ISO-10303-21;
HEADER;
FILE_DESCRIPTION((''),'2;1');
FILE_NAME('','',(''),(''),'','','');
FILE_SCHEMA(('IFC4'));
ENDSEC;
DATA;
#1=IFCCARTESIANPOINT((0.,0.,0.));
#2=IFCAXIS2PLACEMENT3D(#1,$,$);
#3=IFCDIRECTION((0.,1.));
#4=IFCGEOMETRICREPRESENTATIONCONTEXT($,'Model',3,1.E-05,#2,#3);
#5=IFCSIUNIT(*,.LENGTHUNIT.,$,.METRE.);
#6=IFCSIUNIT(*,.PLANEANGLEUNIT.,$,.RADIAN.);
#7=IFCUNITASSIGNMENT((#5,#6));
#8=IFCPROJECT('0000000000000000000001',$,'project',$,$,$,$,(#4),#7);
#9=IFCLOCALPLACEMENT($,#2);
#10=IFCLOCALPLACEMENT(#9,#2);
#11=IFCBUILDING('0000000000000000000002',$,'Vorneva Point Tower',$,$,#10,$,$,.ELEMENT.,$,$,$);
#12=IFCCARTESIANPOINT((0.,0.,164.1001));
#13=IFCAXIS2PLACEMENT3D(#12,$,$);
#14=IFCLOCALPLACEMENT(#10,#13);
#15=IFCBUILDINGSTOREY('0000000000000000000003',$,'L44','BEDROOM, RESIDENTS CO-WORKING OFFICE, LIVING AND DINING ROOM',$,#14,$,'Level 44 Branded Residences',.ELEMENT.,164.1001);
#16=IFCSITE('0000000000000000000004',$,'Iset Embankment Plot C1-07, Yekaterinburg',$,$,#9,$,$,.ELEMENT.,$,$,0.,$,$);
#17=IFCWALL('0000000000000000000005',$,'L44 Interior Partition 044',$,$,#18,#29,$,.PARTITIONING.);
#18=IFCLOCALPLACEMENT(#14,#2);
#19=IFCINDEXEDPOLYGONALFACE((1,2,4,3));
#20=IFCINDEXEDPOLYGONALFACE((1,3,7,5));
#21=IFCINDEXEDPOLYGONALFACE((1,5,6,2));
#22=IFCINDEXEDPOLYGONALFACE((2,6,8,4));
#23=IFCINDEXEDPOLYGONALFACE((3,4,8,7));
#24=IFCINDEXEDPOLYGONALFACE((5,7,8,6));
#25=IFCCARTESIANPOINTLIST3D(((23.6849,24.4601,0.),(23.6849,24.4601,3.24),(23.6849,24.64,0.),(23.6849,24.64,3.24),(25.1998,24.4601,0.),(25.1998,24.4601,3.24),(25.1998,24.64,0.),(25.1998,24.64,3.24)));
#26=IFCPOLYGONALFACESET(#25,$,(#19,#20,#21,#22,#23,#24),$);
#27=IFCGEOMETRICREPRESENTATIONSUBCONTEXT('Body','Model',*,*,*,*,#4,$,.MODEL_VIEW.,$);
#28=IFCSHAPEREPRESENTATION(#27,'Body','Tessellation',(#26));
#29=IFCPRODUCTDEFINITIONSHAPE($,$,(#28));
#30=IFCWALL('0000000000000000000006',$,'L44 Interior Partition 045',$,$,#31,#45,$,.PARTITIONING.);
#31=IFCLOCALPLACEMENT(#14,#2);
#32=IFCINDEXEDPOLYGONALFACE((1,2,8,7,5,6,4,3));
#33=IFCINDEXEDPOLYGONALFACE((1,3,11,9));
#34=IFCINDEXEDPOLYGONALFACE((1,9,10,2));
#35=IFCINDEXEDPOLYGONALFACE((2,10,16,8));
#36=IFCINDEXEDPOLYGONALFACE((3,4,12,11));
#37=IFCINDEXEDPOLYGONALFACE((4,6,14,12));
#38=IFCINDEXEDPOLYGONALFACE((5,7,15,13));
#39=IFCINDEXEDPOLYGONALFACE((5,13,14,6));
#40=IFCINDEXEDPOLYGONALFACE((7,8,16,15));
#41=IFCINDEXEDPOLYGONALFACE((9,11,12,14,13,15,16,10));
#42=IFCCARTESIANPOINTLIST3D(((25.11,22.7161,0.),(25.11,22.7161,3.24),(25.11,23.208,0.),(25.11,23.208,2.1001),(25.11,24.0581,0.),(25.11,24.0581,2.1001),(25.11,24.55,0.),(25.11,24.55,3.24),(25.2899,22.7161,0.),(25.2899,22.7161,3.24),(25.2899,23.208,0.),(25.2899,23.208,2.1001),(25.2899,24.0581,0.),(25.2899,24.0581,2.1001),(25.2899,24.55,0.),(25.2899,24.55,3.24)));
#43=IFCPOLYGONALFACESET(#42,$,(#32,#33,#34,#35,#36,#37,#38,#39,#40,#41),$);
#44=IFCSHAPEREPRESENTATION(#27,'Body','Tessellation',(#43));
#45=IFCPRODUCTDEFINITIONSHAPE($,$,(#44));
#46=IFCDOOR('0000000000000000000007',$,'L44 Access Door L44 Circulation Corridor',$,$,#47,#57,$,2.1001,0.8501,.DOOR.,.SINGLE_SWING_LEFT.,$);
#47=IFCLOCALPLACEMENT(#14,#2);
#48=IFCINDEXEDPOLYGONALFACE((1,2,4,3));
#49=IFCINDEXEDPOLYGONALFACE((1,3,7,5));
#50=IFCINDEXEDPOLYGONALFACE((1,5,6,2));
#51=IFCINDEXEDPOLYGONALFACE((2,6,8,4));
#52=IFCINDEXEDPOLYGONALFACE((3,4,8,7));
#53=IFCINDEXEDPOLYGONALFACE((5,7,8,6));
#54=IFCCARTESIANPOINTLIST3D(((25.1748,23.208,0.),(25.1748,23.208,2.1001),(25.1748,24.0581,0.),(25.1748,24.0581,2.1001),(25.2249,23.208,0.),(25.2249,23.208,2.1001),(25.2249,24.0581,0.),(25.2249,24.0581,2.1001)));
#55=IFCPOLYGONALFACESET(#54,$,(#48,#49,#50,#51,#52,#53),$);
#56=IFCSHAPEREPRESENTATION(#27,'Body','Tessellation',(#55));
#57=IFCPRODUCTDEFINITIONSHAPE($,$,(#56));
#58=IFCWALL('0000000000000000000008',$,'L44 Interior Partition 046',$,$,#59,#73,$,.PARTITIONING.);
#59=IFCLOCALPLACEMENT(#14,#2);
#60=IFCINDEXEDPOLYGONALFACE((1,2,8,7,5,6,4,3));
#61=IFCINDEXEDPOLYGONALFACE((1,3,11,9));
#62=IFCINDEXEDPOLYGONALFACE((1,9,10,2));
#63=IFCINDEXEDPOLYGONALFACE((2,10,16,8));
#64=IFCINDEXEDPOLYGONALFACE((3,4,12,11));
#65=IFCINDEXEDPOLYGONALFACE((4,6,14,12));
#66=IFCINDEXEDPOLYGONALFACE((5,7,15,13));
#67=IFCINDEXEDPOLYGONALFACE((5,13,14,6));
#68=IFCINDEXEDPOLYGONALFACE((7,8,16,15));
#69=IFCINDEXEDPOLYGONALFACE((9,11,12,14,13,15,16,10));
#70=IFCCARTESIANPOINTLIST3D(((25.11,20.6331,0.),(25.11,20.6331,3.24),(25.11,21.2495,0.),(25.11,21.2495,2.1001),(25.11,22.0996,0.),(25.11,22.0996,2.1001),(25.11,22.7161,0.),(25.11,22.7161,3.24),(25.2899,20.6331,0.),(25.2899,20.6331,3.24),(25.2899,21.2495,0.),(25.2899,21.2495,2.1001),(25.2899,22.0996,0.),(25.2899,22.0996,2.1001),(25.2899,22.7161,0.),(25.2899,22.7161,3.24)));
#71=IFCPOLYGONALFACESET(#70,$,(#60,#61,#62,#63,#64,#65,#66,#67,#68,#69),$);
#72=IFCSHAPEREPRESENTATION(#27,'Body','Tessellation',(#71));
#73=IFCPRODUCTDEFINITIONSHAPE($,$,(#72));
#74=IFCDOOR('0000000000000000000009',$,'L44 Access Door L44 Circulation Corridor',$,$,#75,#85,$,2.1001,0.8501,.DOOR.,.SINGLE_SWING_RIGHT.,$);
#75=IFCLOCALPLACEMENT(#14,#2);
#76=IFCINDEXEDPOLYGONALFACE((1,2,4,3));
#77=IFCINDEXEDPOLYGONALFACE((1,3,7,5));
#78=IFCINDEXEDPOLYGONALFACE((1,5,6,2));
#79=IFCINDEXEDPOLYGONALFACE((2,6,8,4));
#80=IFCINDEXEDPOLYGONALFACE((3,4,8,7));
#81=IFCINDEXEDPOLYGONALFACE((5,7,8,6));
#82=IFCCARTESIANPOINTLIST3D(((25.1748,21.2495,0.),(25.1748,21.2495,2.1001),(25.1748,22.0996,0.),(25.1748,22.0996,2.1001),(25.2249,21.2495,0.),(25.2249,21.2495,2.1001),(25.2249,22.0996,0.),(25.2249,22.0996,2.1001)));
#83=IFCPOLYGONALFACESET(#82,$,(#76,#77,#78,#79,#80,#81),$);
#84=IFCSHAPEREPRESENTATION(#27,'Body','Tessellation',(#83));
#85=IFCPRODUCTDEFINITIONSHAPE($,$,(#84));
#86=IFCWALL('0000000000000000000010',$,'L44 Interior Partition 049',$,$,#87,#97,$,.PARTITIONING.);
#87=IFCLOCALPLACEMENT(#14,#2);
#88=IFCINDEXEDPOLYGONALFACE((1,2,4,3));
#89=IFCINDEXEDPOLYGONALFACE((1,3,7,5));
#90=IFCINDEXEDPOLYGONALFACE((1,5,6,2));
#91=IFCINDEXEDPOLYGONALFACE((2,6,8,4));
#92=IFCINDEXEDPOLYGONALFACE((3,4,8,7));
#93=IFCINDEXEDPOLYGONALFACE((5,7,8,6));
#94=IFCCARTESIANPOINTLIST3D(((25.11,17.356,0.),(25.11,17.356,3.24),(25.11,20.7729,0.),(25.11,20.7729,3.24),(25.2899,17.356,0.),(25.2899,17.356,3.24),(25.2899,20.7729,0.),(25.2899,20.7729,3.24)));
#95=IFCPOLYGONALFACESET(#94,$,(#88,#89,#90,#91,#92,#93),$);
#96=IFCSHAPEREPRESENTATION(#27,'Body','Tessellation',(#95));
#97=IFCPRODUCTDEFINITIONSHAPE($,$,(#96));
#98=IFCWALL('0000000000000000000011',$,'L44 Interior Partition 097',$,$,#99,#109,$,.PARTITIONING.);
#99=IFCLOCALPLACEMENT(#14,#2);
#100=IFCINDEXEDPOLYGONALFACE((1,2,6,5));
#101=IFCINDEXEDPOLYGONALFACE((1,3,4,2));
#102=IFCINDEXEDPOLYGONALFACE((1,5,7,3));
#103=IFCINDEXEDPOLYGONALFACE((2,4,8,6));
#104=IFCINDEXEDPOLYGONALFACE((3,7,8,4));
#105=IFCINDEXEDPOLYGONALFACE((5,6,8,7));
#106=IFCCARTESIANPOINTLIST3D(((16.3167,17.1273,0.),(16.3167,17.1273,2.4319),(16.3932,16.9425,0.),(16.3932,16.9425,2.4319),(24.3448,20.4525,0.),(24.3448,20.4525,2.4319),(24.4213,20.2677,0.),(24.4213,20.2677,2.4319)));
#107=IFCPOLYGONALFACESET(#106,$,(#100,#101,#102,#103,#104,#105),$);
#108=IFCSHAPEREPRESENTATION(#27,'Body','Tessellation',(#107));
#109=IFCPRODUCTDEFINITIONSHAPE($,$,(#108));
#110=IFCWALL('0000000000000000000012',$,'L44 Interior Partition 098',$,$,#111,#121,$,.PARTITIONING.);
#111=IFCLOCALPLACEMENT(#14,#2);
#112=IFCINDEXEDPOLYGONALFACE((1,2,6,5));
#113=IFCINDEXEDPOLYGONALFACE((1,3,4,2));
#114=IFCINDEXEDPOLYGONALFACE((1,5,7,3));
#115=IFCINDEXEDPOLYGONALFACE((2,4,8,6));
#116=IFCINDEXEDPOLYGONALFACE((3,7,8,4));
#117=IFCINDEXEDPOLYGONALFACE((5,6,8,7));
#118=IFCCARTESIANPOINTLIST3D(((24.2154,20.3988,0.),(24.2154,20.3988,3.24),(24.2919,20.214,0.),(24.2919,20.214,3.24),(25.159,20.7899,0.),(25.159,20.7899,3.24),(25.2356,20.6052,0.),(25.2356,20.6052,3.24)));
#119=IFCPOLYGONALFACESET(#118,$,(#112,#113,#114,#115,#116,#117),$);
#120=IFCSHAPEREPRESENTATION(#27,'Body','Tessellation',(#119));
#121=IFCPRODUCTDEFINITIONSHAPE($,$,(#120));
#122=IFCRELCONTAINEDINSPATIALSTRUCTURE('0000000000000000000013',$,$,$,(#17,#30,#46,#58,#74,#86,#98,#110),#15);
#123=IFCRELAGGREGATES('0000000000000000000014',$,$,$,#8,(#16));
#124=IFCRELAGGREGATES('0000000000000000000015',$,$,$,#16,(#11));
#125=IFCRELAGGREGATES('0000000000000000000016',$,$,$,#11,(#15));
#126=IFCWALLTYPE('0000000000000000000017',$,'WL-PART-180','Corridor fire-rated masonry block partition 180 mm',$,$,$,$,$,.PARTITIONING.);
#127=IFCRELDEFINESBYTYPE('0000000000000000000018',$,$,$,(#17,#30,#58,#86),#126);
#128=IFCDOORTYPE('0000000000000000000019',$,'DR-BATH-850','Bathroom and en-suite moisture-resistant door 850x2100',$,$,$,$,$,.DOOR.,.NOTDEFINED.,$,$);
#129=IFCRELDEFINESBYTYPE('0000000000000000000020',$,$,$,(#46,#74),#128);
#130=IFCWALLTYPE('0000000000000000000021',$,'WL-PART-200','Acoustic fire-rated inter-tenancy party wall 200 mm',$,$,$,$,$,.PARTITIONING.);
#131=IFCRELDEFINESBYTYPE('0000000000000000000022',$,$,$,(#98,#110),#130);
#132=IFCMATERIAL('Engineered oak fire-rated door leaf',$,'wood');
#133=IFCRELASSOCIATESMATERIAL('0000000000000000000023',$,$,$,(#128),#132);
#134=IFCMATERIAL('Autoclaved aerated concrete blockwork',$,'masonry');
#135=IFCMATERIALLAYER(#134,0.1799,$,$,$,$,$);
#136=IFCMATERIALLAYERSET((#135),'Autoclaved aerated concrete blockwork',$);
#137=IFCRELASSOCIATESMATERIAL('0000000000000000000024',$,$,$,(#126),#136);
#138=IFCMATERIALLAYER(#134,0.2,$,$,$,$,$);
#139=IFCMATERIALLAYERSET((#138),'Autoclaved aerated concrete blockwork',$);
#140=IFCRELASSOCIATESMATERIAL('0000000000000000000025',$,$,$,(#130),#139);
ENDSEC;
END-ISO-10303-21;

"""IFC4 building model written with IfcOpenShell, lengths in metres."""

from ifc_helpers import new_model, si_unit, direction, frame, frame_2d, origin, place, context, subcontext, project, spatial, rectangle, extrude, material, layer, layer_set, type_object, element, fill, save


model = new_model("IFC4")

# Units and contexts
model_context = context("Model", 3, precision=1e-05, world=origin(), true_north=direction((0.0, 1.0)))
body_context = subcontext(model_context, "Body", "Model", "MODEL_VIEW")
ifc_project = project(units=[si_unit("LENGTHUNIT", "METRE"), si_unit("PLANEANGLEUNIT", "RADIAN")], contexts=[model_context])

# Site, building, storey
site_placement = place(None, origin())
site = spatial("IfcSite", under=ifc_project, at=site_placement, Name="Iset Embankment Plot C1-07, Yekaterinburg", CompositionType="ELEMENT", RefElevation=0.0)
building_placement = place(site_placement, origin())
building = spatial("IfcBuilding", under=site, at=building_placement, Name="Vorneva Point Tower", CompositionType="ELEMENT")
storey_placement = place(building_placement, frame((0.0, 0.0, 164.1001)))
storey = spatial("IfcBuildingStorey", under=building, at=storey_placement, Name="L44", Description="BEDROOM, RESIDENTS CO-WORKING OFFICE, LIVING AND DINING ROOM", LongName="Level 44 Branded Residences", CompositionType="ELEMENT", Elevation=164.1001)

# Shared definitions
ifc_material_1 = material(Name="Engineered oak fire-rated door leaf", Category="wood")
door_type_1 = type_object("IfcDoorType", Name="DR-BATH-850", Description="Bathroom and en-suite moisture-resistant door 850x2100", OperationType="NOTDEFINED", PredefinedType="DOOR", material=ifc_material_1)

# Shared definitions
ifc_material_2 = material(Name="Autoclaved aerated concrete blockwork", Category="masonry")
ifc_layer_1 = layer(ifc_material_2, 0.1799)
ifc_layer_set_1 = layer_set([ifc_layer_1], Name="Autoclaved aerated concrete blockwork")
wall_type_1 = type_object("IfcWallType", Name="WL-PART-180", Description="Corridor fire-rated masonry block partition 180 mm", PredefinedType="PARTITIONING", material=ifc_layer_set_1)

# Wall
wall_1_placement = place(storey_placement, frame((23.6851, 24.55, 0.0), z_axis=(0.0, 0.0, 1.0), x_axis=(1.0, 0.0, 0.0)))
element("IfcWall", 1, at=wall_1_placement, inside=storey, type_object=wall_type_1, Name="L44 Interior Partition 044", PredefinedType="PARTITIONING", context=body_context, shape_type="SweptSolid", body=[
    extrude(rectangle(XDim=1.5149, YDim=0.1799, at=frame_2d((0.7573, 0.0))), origin(), (0.0, 0.0, 1.0), 3.24),
])

# Walls, openings, doors
wall_2_placement = place(storey_placement, frame((25.2, 24.55, 0.0), z_axis=(0.0, 0.0, 1.0), x_axis=(0.0, -1.0, 0.0)))
wall_2 = element("IfcWall", 2, at=wall_2_placement, inside=storey, type_object=wall_type_1, Name="L44 Interior Partition 045", PredefinedType="PARTITIONING", context=body_context, shape_type="SweptSolid", body=[
    extrude(rectangle(XDim=1.834, YDim=0.1799, at=frame_2d((0.917, 0.0))), origin(), (0.0, 0.0, 1.0), 3.24),
])
opening_1_placement = place(wall_2_placement, frame((0.4919, 0.0, 0.0)))
opening_1 = element("IfcOpeningElement", 3, at=opening_1_placement, cuts=wall_2, PredefinedType="OPENING", context=body_context, shape_type="SweptSolid", body=[
    extrude(rectangle(XDim=0.8501, YDim=2.1001, at=frame_2d((0.425, 1.05))), frame((0.0, 0.105, 0.0), z_axis=(0.0, -1.0, 0.0), x_axis=(1.0, 0.0, 0.0)), (0.0, 0.0, 1.0), 0.2097),
])
door_1_placement = place(opening_1_placement, origin())
door_1 = element("IfcDoor", 4, at=door_1_placement, inside=storey, type_object=door_type_1, Name="L44 Access Door L44 Circulation Corridor", OperationType="SINGLE_SWING_LEFT", OverallHeight=2.1001, OverallWidth=0.8501, PredefinedType="DOOR", context=body_context, shape_type="SweptSolid", body=[
    extrude(rectangle(XDim=0.8501, YDim=2.1001, at=frame_2d((0.425, 1.05))), frame((0.0, 0.0249, 0.0), z_axis=(0.0, -1.0, 0.0), x_axis=(1.0, 0.0, 0.0)), (0.0, 0.0, 1.0), 0.05),
])
fill(opening_1, door_1)
wall_3_placement = place(storey_placement, frame((25.2, 22.7161, 0.0), z_axis=(0.0, 0.0, 1.0), x_axis=(0.0, -1.0, 0.0)))
wall_3 = element("IfcWall", 5, at=wall_3_placement, inside=storey, type_object=wall_type_1, Name="L44 Interior Partition 046", PredefinedType="PARTITIONING", context=body_context, shape_type="SweptSolid", body=[
    extrude(rectangle(XDim=2.083, YDim=0.1799, at=frame_2d((1.0415, 0.0))), origin(), (0.0, 0.0, 1.0), 3.24),
])
opening_2_placement = place(wall_3_placement, frame((0.6165, 0.0, 0.0)))
opening_2 = element("IfcOpeningElement", 6, at=opening_2_placement, cuts=wall_3, PredefinedType="OPENING", context=body_context, shape_type="SweptSolid", body=[
    extrude(rectangle(XDim=0.8501, YDim=2.1001, at=frame_2d((0.425, 1.05))), frame((0.0, 0.105, 0.0), z_axis=(0.0, -1.0, 0.0), x_axis=(1.0, 0.0, 0.0)), (0.0, 0.0, 1.0), 0.2097),
])
door_2_placement = place(opening_2_placement, origin())
door_2 = element("IfcDoor", 7, at=door_2_placement, inside=storey, type_object=door_type_1, Name="L44 Access Door L44 Circulation Corridor", OperationType="SINGLE_SWING_RIGHT", OverallHeight=2.1001, OverallWidth=0.8501, PredefinedType="DOOR", context=body_context, shape_type="SweptSolid", body=[
    extrude(rectangle(XDim=0.8501, YDim=2.1001, at=frame_2d((0.425, 1.05))), frame((0.0, 0.0249, 0.0), z_axis=(0.0, -1.0, 0.0), x_axis=(1.0, 0.0, 0.0)), (0.0, 0.0, 1.0), 0.05),
])
fill(opening_2, door_2)

# Walls
wall_4_placement = place(storey_placement, frame((25.2, 20.7729, 0.0), z_axis=(0.0, 0.0, 1.0), x_axis=(0.0, -1.0, 0.0)))
element("IfcWall", 8, at=wall_4_placement, inside=storey, type_object=wall_type_1, Name="L44 Interior Partition 049", PredefinedType="PARTITIONING", context=body_context, shape_type="SweptSolid", body=[
    extrude(rectangle(XDim=3.417, YDim=0.1799, at=frame_2d((1.7085, 0.0))), origin(), (0.0, 0.0, 1.0), 3.24),
])
ifc_layer_2 = layer(ifc_material_2, 0.2)
ifc_layer_set_2 = layer_set([ifc_layer_2], Name="Autoclaved aerated concrete blockwork")
wall_type_2 = type_object("IfcWallType", Name="WL-PART-200", Description="Acoustic fire-rated inter-tenancy party wall 200 mm", PredefinedType="PARTITIONING", material=ifc_layer_set_2)
wall_5_placement = place(storey_placement, frame((16.355, 17.0349, 0.0), z_axis=(0.0, 0.0, 1.0), x_axis=(0.923885, 0.382669, 0.0)))
element("IfcWall", 9, at=wall_5_placement, inside=storey, type_object=wall_type_2, Name="L44 Interior Partition 097", PredefinedType="PARTITIONING", context=body_context, shape_type="SweptSolid", body=[
    extrude(rectangle(XDim=8.6895, YDim=0.2, at=frame_2d((4.3447, 0.0))), origin(), (0.0, 0.0, 1.0), 2.4319),
])
wall_6_placement = place(storey_placement, frame((24.2537, 20.3064, 0.0), z_axis=(0.0, 0.0, 1.0), x_axis=(0.92379, 0.382901, 0.0)))
element("IfcWall", 10, at=wall_6_placement, inside=storey, type_object=wall_type_2, Name="L44 Interior Partition 098", PredefinedType="PARTITIONING", context=body_context, shape_type="SweptSolid", body=[
    extrude(rectangle(XDim=1.0215, YDim=0.2, at=frame_2d((0.5107, 0.0))), origin(), (0.0, 0.0, 1.0), 3.24),
])

save(model, "model.ifc")
